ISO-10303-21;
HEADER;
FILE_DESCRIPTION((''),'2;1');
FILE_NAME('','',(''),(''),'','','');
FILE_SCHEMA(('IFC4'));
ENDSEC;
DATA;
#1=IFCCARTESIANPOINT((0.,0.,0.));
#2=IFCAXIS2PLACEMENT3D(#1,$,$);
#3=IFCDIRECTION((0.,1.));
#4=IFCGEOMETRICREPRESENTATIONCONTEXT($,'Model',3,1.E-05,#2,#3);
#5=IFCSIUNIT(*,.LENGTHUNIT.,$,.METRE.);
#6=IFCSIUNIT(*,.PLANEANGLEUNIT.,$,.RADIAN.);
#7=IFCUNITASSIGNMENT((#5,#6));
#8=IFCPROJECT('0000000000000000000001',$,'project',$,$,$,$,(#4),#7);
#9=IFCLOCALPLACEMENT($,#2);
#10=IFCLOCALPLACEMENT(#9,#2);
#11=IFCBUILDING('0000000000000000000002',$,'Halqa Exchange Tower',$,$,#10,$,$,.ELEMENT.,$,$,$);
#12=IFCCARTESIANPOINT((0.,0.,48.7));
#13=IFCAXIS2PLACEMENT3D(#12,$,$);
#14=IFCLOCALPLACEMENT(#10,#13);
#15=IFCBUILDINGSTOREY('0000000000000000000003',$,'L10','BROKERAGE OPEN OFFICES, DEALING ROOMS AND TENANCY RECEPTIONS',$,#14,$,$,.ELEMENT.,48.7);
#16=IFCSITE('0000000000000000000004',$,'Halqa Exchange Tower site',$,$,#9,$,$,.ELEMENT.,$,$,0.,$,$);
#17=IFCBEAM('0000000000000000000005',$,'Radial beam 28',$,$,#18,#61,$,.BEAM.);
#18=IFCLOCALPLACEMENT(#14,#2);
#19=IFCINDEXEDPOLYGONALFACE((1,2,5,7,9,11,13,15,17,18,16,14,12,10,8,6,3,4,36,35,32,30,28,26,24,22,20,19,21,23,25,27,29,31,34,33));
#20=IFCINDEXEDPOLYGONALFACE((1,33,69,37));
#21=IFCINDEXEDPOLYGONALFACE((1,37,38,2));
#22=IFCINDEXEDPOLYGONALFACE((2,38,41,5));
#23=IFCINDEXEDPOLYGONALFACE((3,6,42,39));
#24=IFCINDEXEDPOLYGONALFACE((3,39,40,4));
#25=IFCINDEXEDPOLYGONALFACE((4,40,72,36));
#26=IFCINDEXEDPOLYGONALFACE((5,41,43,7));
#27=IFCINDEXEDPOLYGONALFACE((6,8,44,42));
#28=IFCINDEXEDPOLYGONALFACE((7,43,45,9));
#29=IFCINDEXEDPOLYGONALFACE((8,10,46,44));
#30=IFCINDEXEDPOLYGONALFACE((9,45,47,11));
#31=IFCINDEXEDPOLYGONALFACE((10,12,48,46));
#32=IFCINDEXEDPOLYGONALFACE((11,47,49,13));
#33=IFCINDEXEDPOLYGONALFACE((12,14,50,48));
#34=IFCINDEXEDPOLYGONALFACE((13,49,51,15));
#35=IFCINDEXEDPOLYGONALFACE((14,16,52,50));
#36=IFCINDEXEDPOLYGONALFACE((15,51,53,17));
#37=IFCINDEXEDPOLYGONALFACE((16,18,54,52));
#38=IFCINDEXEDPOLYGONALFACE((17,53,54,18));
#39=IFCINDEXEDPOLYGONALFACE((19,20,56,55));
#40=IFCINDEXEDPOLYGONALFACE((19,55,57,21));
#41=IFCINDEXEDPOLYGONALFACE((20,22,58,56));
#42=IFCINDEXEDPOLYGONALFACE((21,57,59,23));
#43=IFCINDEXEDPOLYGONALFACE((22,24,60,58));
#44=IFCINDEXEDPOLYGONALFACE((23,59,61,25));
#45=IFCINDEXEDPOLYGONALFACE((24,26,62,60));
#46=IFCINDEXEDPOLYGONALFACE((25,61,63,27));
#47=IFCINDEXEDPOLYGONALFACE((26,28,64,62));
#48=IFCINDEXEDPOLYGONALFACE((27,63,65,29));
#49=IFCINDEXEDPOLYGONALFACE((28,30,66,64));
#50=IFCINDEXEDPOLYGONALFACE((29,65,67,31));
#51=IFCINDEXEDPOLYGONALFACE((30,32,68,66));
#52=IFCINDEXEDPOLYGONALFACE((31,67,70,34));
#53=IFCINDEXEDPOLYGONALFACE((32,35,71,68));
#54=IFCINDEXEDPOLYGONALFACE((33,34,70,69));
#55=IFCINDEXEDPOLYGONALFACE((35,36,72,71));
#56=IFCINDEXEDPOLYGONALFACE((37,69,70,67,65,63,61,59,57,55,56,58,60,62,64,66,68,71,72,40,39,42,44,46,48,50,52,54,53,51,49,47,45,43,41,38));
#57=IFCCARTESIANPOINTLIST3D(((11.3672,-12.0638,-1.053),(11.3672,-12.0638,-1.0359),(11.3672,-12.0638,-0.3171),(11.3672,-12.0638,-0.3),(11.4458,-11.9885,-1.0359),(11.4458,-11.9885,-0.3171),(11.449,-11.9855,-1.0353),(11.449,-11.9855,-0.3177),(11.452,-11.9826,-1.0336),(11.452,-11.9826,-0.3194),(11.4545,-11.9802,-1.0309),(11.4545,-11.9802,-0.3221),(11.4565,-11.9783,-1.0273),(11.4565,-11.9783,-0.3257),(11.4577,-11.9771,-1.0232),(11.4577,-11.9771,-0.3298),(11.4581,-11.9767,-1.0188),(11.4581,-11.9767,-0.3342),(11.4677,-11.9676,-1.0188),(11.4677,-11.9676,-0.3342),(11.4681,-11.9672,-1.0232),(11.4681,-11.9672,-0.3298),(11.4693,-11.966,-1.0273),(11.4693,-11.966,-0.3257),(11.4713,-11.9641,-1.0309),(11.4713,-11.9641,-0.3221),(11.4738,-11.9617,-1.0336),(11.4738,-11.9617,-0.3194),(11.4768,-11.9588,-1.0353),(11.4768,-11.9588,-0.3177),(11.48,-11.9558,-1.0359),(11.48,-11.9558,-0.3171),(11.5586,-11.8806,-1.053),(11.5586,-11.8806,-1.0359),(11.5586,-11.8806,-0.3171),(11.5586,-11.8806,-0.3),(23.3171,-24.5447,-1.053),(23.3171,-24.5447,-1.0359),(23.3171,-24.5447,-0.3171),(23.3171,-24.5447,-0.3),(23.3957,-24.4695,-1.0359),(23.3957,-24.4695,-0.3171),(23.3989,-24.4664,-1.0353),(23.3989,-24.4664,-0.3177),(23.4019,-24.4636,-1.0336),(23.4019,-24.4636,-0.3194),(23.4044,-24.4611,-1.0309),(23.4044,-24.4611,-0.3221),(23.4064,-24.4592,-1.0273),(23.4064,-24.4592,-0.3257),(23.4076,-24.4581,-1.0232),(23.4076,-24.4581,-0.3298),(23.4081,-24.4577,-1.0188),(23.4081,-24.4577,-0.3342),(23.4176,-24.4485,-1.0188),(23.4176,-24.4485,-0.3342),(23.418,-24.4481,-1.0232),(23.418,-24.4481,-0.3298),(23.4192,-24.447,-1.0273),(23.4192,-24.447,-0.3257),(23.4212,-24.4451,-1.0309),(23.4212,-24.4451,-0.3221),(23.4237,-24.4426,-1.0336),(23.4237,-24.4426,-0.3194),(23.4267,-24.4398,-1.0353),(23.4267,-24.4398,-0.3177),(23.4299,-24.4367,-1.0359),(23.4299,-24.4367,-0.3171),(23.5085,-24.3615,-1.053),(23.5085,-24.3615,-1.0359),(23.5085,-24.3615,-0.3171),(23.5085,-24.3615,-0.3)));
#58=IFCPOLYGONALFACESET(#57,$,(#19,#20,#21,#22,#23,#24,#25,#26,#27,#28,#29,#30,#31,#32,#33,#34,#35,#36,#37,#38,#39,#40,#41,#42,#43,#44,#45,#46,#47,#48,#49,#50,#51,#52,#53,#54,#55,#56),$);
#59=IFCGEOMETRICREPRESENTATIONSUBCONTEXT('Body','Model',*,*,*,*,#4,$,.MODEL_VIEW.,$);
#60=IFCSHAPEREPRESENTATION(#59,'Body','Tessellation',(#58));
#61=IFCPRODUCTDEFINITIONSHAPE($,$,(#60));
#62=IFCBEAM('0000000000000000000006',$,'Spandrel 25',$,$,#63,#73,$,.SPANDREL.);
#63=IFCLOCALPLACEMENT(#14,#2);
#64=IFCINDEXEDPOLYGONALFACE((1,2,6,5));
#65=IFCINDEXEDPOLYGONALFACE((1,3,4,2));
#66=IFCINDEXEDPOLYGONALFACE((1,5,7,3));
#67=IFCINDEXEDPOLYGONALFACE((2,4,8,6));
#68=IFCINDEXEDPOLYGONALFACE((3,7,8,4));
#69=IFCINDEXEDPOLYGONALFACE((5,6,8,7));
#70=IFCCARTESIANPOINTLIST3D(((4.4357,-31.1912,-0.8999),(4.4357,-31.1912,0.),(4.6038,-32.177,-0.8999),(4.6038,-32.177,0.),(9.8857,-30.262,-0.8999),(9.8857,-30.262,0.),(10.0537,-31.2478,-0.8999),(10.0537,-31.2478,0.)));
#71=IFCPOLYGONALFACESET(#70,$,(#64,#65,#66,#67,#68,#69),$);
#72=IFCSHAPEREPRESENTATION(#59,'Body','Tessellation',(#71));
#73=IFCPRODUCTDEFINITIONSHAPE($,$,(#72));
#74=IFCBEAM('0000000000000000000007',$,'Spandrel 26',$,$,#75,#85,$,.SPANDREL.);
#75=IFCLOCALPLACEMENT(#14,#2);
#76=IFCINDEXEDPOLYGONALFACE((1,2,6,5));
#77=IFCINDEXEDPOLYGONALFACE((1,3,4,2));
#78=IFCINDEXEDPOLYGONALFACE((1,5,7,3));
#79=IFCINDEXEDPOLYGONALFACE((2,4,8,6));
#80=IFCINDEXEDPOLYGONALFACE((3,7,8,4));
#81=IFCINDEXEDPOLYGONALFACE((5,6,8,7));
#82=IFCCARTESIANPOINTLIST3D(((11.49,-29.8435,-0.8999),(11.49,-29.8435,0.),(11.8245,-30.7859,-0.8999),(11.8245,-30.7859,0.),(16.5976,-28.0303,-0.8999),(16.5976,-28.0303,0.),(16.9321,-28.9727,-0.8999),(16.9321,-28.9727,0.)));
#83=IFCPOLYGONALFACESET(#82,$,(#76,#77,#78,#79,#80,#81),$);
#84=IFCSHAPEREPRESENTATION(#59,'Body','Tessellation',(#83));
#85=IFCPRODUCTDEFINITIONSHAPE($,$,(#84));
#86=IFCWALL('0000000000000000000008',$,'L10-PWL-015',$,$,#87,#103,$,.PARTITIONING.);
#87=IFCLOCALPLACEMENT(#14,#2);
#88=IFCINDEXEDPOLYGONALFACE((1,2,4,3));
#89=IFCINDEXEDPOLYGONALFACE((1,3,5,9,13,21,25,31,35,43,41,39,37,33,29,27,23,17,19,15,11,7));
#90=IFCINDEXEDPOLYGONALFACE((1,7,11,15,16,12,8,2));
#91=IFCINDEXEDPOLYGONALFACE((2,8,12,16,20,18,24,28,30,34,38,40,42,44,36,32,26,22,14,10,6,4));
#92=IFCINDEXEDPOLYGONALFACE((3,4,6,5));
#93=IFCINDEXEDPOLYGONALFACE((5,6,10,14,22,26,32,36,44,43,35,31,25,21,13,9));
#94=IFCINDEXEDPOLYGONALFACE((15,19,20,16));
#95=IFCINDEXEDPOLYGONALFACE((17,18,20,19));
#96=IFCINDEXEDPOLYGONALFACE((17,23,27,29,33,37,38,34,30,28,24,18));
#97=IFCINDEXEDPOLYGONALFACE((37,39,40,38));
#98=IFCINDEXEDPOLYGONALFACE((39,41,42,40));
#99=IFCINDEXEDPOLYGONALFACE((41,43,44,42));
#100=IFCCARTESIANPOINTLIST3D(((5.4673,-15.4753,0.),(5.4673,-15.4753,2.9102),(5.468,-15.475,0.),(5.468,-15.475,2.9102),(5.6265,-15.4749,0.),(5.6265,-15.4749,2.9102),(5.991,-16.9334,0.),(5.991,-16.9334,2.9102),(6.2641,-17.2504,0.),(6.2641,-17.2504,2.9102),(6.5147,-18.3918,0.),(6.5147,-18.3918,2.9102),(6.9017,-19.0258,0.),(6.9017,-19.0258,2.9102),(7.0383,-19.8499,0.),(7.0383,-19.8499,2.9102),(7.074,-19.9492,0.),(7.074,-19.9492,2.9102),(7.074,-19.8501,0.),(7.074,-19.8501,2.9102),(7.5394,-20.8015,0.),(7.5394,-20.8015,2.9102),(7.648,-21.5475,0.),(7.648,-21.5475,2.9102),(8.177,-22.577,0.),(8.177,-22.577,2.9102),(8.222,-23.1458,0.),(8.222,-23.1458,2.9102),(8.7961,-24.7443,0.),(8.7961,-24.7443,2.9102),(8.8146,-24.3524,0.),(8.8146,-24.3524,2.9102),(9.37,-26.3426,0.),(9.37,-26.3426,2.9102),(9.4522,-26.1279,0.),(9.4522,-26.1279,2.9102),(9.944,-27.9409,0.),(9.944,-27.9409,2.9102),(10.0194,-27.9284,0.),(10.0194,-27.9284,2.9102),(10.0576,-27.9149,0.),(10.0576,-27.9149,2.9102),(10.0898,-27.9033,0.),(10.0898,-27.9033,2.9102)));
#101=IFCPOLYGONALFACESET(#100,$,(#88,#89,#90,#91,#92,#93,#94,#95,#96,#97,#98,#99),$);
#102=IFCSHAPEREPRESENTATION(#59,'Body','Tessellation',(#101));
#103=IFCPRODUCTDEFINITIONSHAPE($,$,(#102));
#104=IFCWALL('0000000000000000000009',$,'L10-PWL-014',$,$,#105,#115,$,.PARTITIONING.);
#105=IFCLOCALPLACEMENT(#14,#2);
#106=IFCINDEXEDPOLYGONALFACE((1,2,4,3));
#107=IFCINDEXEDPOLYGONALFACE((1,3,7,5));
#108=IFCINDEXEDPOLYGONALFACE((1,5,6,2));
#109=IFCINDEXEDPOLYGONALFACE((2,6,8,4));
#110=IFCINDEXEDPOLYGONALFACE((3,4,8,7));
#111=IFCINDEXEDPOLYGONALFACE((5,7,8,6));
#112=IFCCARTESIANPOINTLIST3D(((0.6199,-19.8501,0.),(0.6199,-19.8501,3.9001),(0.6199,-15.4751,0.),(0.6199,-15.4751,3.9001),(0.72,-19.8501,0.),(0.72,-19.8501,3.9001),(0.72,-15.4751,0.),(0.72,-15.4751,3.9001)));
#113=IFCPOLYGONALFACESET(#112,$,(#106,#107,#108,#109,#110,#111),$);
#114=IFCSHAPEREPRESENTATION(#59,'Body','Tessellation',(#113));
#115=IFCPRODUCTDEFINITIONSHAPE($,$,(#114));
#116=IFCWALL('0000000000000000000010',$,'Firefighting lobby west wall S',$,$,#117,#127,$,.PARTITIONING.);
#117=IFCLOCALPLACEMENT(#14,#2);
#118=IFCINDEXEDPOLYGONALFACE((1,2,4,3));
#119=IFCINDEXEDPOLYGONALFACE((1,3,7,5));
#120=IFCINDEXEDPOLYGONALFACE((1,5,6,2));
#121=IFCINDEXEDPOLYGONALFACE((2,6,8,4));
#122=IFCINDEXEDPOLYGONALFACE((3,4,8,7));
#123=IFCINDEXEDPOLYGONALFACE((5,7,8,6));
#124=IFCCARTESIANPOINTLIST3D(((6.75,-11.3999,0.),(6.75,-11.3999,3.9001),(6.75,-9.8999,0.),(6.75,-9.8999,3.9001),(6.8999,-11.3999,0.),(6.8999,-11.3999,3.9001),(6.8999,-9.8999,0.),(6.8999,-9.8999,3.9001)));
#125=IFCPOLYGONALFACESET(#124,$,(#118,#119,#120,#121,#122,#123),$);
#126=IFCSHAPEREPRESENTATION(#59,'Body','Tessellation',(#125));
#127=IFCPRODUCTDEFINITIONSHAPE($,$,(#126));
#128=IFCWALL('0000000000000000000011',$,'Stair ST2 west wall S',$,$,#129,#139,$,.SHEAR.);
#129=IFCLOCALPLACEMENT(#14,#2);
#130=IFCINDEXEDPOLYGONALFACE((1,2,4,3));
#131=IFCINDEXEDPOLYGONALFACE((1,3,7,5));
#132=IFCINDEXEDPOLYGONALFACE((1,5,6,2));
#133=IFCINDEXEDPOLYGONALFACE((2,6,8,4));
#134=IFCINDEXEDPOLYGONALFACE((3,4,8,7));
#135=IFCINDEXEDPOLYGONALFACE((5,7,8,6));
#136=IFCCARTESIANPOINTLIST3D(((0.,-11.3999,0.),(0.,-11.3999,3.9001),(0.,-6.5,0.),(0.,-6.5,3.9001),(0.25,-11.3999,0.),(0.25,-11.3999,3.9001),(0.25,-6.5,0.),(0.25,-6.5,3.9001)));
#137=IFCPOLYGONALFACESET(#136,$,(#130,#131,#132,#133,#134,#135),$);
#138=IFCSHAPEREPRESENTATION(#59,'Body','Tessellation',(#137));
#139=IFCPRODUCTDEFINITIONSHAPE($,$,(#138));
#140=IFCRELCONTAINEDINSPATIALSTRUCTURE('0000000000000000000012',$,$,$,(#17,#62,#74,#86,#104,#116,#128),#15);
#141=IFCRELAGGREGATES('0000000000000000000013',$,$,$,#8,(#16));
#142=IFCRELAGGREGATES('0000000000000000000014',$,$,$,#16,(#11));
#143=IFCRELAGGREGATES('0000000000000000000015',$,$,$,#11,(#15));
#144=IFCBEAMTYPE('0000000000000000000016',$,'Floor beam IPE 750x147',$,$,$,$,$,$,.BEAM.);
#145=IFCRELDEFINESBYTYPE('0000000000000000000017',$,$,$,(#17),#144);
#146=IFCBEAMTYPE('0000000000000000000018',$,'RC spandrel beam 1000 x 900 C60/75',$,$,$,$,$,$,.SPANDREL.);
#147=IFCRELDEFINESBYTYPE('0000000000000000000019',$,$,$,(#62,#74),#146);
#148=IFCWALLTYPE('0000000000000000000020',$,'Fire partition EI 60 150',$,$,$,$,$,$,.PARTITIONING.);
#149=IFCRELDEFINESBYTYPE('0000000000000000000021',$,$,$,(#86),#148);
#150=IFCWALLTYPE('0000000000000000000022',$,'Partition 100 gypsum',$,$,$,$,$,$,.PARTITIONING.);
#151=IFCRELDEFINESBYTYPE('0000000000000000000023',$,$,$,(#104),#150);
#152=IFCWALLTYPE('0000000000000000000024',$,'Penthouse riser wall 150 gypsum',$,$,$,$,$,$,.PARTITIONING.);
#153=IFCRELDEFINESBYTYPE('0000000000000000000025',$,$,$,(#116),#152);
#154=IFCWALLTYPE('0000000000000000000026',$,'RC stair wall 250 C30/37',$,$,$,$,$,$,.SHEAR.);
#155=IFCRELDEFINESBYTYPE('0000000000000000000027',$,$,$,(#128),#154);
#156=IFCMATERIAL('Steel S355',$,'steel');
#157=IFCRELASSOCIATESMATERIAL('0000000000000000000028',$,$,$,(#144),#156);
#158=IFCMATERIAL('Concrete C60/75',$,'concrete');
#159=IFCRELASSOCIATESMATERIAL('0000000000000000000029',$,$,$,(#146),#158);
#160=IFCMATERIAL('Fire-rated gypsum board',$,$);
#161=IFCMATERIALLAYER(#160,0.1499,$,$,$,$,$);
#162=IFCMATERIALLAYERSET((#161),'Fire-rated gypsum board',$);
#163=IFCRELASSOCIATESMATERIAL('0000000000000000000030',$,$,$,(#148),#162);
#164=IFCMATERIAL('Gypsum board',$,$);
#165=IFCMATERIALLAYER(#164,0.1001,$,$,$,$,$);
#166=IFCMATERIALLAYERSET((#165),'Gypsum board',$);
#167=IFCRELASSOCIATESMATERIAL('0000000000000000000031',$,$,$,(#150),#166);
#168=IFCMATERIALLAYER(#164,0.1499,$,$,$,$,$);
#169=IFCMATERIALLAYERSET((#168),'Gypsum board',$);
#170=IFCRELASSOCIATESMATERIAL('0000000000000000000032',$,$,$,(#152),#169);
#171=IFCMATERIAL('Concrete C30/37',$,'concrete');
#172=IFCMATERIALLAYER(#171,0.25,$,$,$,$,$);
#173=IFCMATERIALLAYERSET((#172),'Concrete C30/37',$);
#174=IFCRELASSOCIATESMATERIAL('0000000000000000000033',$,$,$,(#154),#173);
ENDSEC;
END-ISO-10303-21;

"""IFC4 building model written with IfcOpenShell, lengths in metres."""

from ifc_helpers import new_model, si_unit, direction, frame, frame_2d, origin, origin_2d, place, context, subcontext, project, spatial, polyline, rectangle, i_section, outline, extrude, material, layer, layer_set, material_profile, profile_set, type_object, element, save


model = new_model("IFC4")

# Units and contexts
model_context = context("Model", 3, precision=1e-05, world=origin(), true_north=direction((0.0, 1.0)))
body_context = subcontext(model_context, "Body", "Model", "MODEL_VIEW")
ifc_project = project(units=[si_unit("LENGTHUNIT", "METRE"), si_unit("PLANEANGLEUNIT", "RADIAN")], contexts=[model_context])

# Site, building, storey
site_placement = place(None, origin())
site = spatial("IfcSite", under=ifc_project, at=site_placement, Name="Halqa Exchange Tower site", CompositionType="ELEMENT", RefElevation=0.0)
building_placement = place(site_placement, origin())
building = spatial("IfcBuilding", under=site, at=building_placement, Name="Halqa Exchange Tower", CompositionType="ELEMENT")
storey_placement = place(building_placement, frame((0.0, 0.0, 48.7)))
storey = spatial("IfcBuildingStorey", under=building, at=storey_placement, Name="L10", Description="BROKERAGE OPEN OFFICES, DEALING ROOMS AND TENANCY RECEPTIONS", CompositionType="ELEMENT", Elevation=48.7)

# Beams
ifc_material_1 = material(Name="Steel S355", Category="steel")
ifc_material_profile_1 = material_profile(ifc_material_1, i_section(OverallWidth=0.2649, OverallDepth=0.7529, WebThickness=0.0132, FlangeThickness=0.0171, FilletRadius=0.0171, at=origin_2d()), Name="IPE 750x147")
ifc_profile_set_1 = profile_set([ifc_material_profile_1], Name="Steel S355")
beam_type_1 = type_object("IfcBeamType", Name="Floor beam IPE 750x147", PredefinedType="BEAM", material=ifc_profile_set_1)
beam_1_placement = place(storey_placement, frame((11.4629, -11.9722, -0.6765), z_axis=(0.691574, -0.722305, 0.0), x_axis=(0.722305, 0.691574, 0.0)))
element("IfcBeam", 1, at=beam_1_placement, inside=storey, type_object=beam_type_1, Name="Radial beam 28", PredefinedType="BEAM", context=body_context, shape_type="SweptSolid", body=[
    extrude(i_section(OverallWidth=0.2649, OverallDepth=0.7529, WebThickness=0.0132, FlangeThickness=0.0171, FilletRadius=0.0171, at=origin_2d()), origin(), (0.0, 0.0, 1.0), 17.2793),
])
ifc_material_2 = material(Name="Concrete C60/75", Category="concrete")
ifc_material_profile_2 = material_profile(ifc_material_2, rectangle(XDim=1.0, YDim=0.8999, at=origin_2d()), Name="1000 x 900")
ifc_profile_set_2 = profile_set([ifc_material_profile_2], Name="Concrete C60/75")
beam_type_2 = type_object("IfcBeamType", Name="RC spandrel beam 1000 x 900 C60/75", PredefinedType="SPANDREL", material=ifc_profile_set_2)
beam_2_placement = place(storey_placement, frame((4.5198, -31.6841, -0.45), z_axis=(0.985775, 0.168071, 0.0), x_axis=(-0.168071, 0.985775, 0.0)))
element("IfcBeam", 2, at=beam_2_placement, inside=storey, type_object=beam_type_2, Name="Spandrel 25", PredefinedType="SPANDREL", context=body_context, shape_type="SweptSolid", body=[
    extrude(rectangle(XDim=1.0, YDim=0.8999, at=origin_2d()), origin(), (0.0, 0.0, 1.0), 5.5286),
])
beam_3_placement = place(storey_placement, frame((11.6572, -30.3147, -0.45), z_axis=(0.942379, 0.334547, 0.0), x_axis=(-0.334547, 0.942379, 0.0)))
element("IfcBeam", 3, at=beam_3_placement, inside=storey, type_object=beam_type_2, Name="Spandrel 26", PredefinedType="SPANDREL", context=body_context, shape_type="SweptSolid", body=[
    extrude(rectangle(XDim=1.0, YDim=0.8999, at=origin_2d()), origin(), (0.0, 0.0, 1.0), 5.4199),
])

# Walls
ifc_material_3 = material(Name="Fire-rated gypsum board")
ifc_layer_1 = layer(ifc_material_3, 0.1499)
ifc_layer_set_1 = layer_set([ifc_layer_1], Name="Fire-rated gypsum board")
wall_type_1 = type_object("IfcWallType", Name="Fire partition EI 60 150", PredefinedType="PARTITIONING", material=ifc_layer_set_1)
wall_1_placement = place(storey_placement, frame((5.5378, -15.45, 0.0), z_axis=(0.0, 0.0, 1.0), x_axis=(0.337991, -0.941149, 0.0)))
element("IfcWall", 4, at=wall_1_placement, inside=storey, type_object=wall_type_1, Name="L10-PWL-015", PredefinedType="PARTITIONING", context=body_context, shape_type="SweptSolid", body=[
    extrude(outline(polyline([(0.0, -0.075), (1.5493, -0.075), (3.0989, -0.075), (4.6482, -0.075), (4.6604, -0.0415), (4.7537, -0.075), (6.4519, -0.075), (8.1501, -0.075), (9.8486, -0.075), (11.5469, -0.075), (13.2451, -0.075), (13.2588, 0.0002), (13.259, 0.0408), (13.259, 0.075), (11.3726, 0.075), (9.4861, 0.075), (7.5996, 0.075), (5.7131, 0.075), (3.8264, 0.075), (1.9399, 0.075), (0.0535, 0.075), (0.0, -0.0742), (0.0, -0.075)])), origin(), (0.0, 0.0, 1.0), 2.9102),
])
ifc_material_4 = material(Name="Gypsum board")
ifc_layer_2 = layer(ifc_material_4, 0.1001)
ifc_layer_set_2 = layer_set([ifc_layer_2], Name="Gypsum board")
wall_type_2 = type_object("IfcWallType", Name="Partition 100 gypsum", PredefinedType="PARTITIONING", material=ifc_layer_set_2)
wall_2_placement = place(storey_placement, frame((0.6699, -15.4751, 0.0), z_axis=(0.0, 0.0, 1.0), x_axis=(0.0, -1.0, 0.0)))
element("IfcWall", 5, at=wall_2_placement, inside=storey, type_object=wall_type_2, Name="L10-PWL-014", PredefinedType="PARTITIONING", context=body_context, shape_type="SweptSolid", body=[
    extrude(rectangle(XDim=4.375, YDim=0.1001, at=frame_2d((2.1875, 0.0))), origin(), (0.0, 0.0, 1.0), 3.9001),
])
ifc_layer_3 = layer(ifc_material_4, 0.1499)
ifc_layer_set_3 = layer_set([ifc_layer_3], Name="Gypsum board")
wall_type_3 = type_object("IfcWallType", Name="Penthouse riser wall 150 gypsum", PredefinedType="PARTITIONING", material=ifc_layer_set_3)
wall_3_placement = place(storey_placement, frame((6.825, -11.3999, 0.0), z_axis=(0.0, 0.0, 1.0), x_axis=(0.0, 1.0, 0.0)))
element("IfcWall", 6, at=wall_3_placement, inside=storey, type_object=wall_type_3, Name="Firefighting lobby west wall S", PredefinedType="PARTITIONING", context=body_context, shape_type="SweptSolid", body=[
    extrude(rectangle(XDim=1.5, YDim=0.1499, at=frame_2d((0.75, 0.0))), origin(), (0.0, 0.0, 1.0), 3.9001),
])
ifc_material_5 = material(Name="Concrete C30/37", Category="concrete")
ifc_layer_4 = layer(ifc_material_5, 0.25)
ifc_layer_set_4 = layer_set([ifc_layer_4], Name="Concrete C30/37")
wall_type_4 = type_object("IfcWallType", Name="RC stair wall 250 C30/37", PredefinedType="SHEAR", material=ifc_layer_set_4)
wall_4_placement = place(storey_placement, frame((0.125, -11.3999, 0.0), z_axis=(0.0, 0.0, 1.0), x_axis=(0.0, 1.0, 0.0)))
element("IfcWall", 7, at=wall_4_placement, inside=storey, type_object=wall_type_4, Name="Stair ST2 west wall S", PredefinedType="SHEAR", context=body_context, shape_type="SweptSolid", body=[
    extrude(rectangle(XDim=4.8999, YDim=0.25, at=frame_2d((2.45, 0.0))), origin(), (0.0, 0.0, 1.0), 3.9001),
])

save(model, "model.ifc")
